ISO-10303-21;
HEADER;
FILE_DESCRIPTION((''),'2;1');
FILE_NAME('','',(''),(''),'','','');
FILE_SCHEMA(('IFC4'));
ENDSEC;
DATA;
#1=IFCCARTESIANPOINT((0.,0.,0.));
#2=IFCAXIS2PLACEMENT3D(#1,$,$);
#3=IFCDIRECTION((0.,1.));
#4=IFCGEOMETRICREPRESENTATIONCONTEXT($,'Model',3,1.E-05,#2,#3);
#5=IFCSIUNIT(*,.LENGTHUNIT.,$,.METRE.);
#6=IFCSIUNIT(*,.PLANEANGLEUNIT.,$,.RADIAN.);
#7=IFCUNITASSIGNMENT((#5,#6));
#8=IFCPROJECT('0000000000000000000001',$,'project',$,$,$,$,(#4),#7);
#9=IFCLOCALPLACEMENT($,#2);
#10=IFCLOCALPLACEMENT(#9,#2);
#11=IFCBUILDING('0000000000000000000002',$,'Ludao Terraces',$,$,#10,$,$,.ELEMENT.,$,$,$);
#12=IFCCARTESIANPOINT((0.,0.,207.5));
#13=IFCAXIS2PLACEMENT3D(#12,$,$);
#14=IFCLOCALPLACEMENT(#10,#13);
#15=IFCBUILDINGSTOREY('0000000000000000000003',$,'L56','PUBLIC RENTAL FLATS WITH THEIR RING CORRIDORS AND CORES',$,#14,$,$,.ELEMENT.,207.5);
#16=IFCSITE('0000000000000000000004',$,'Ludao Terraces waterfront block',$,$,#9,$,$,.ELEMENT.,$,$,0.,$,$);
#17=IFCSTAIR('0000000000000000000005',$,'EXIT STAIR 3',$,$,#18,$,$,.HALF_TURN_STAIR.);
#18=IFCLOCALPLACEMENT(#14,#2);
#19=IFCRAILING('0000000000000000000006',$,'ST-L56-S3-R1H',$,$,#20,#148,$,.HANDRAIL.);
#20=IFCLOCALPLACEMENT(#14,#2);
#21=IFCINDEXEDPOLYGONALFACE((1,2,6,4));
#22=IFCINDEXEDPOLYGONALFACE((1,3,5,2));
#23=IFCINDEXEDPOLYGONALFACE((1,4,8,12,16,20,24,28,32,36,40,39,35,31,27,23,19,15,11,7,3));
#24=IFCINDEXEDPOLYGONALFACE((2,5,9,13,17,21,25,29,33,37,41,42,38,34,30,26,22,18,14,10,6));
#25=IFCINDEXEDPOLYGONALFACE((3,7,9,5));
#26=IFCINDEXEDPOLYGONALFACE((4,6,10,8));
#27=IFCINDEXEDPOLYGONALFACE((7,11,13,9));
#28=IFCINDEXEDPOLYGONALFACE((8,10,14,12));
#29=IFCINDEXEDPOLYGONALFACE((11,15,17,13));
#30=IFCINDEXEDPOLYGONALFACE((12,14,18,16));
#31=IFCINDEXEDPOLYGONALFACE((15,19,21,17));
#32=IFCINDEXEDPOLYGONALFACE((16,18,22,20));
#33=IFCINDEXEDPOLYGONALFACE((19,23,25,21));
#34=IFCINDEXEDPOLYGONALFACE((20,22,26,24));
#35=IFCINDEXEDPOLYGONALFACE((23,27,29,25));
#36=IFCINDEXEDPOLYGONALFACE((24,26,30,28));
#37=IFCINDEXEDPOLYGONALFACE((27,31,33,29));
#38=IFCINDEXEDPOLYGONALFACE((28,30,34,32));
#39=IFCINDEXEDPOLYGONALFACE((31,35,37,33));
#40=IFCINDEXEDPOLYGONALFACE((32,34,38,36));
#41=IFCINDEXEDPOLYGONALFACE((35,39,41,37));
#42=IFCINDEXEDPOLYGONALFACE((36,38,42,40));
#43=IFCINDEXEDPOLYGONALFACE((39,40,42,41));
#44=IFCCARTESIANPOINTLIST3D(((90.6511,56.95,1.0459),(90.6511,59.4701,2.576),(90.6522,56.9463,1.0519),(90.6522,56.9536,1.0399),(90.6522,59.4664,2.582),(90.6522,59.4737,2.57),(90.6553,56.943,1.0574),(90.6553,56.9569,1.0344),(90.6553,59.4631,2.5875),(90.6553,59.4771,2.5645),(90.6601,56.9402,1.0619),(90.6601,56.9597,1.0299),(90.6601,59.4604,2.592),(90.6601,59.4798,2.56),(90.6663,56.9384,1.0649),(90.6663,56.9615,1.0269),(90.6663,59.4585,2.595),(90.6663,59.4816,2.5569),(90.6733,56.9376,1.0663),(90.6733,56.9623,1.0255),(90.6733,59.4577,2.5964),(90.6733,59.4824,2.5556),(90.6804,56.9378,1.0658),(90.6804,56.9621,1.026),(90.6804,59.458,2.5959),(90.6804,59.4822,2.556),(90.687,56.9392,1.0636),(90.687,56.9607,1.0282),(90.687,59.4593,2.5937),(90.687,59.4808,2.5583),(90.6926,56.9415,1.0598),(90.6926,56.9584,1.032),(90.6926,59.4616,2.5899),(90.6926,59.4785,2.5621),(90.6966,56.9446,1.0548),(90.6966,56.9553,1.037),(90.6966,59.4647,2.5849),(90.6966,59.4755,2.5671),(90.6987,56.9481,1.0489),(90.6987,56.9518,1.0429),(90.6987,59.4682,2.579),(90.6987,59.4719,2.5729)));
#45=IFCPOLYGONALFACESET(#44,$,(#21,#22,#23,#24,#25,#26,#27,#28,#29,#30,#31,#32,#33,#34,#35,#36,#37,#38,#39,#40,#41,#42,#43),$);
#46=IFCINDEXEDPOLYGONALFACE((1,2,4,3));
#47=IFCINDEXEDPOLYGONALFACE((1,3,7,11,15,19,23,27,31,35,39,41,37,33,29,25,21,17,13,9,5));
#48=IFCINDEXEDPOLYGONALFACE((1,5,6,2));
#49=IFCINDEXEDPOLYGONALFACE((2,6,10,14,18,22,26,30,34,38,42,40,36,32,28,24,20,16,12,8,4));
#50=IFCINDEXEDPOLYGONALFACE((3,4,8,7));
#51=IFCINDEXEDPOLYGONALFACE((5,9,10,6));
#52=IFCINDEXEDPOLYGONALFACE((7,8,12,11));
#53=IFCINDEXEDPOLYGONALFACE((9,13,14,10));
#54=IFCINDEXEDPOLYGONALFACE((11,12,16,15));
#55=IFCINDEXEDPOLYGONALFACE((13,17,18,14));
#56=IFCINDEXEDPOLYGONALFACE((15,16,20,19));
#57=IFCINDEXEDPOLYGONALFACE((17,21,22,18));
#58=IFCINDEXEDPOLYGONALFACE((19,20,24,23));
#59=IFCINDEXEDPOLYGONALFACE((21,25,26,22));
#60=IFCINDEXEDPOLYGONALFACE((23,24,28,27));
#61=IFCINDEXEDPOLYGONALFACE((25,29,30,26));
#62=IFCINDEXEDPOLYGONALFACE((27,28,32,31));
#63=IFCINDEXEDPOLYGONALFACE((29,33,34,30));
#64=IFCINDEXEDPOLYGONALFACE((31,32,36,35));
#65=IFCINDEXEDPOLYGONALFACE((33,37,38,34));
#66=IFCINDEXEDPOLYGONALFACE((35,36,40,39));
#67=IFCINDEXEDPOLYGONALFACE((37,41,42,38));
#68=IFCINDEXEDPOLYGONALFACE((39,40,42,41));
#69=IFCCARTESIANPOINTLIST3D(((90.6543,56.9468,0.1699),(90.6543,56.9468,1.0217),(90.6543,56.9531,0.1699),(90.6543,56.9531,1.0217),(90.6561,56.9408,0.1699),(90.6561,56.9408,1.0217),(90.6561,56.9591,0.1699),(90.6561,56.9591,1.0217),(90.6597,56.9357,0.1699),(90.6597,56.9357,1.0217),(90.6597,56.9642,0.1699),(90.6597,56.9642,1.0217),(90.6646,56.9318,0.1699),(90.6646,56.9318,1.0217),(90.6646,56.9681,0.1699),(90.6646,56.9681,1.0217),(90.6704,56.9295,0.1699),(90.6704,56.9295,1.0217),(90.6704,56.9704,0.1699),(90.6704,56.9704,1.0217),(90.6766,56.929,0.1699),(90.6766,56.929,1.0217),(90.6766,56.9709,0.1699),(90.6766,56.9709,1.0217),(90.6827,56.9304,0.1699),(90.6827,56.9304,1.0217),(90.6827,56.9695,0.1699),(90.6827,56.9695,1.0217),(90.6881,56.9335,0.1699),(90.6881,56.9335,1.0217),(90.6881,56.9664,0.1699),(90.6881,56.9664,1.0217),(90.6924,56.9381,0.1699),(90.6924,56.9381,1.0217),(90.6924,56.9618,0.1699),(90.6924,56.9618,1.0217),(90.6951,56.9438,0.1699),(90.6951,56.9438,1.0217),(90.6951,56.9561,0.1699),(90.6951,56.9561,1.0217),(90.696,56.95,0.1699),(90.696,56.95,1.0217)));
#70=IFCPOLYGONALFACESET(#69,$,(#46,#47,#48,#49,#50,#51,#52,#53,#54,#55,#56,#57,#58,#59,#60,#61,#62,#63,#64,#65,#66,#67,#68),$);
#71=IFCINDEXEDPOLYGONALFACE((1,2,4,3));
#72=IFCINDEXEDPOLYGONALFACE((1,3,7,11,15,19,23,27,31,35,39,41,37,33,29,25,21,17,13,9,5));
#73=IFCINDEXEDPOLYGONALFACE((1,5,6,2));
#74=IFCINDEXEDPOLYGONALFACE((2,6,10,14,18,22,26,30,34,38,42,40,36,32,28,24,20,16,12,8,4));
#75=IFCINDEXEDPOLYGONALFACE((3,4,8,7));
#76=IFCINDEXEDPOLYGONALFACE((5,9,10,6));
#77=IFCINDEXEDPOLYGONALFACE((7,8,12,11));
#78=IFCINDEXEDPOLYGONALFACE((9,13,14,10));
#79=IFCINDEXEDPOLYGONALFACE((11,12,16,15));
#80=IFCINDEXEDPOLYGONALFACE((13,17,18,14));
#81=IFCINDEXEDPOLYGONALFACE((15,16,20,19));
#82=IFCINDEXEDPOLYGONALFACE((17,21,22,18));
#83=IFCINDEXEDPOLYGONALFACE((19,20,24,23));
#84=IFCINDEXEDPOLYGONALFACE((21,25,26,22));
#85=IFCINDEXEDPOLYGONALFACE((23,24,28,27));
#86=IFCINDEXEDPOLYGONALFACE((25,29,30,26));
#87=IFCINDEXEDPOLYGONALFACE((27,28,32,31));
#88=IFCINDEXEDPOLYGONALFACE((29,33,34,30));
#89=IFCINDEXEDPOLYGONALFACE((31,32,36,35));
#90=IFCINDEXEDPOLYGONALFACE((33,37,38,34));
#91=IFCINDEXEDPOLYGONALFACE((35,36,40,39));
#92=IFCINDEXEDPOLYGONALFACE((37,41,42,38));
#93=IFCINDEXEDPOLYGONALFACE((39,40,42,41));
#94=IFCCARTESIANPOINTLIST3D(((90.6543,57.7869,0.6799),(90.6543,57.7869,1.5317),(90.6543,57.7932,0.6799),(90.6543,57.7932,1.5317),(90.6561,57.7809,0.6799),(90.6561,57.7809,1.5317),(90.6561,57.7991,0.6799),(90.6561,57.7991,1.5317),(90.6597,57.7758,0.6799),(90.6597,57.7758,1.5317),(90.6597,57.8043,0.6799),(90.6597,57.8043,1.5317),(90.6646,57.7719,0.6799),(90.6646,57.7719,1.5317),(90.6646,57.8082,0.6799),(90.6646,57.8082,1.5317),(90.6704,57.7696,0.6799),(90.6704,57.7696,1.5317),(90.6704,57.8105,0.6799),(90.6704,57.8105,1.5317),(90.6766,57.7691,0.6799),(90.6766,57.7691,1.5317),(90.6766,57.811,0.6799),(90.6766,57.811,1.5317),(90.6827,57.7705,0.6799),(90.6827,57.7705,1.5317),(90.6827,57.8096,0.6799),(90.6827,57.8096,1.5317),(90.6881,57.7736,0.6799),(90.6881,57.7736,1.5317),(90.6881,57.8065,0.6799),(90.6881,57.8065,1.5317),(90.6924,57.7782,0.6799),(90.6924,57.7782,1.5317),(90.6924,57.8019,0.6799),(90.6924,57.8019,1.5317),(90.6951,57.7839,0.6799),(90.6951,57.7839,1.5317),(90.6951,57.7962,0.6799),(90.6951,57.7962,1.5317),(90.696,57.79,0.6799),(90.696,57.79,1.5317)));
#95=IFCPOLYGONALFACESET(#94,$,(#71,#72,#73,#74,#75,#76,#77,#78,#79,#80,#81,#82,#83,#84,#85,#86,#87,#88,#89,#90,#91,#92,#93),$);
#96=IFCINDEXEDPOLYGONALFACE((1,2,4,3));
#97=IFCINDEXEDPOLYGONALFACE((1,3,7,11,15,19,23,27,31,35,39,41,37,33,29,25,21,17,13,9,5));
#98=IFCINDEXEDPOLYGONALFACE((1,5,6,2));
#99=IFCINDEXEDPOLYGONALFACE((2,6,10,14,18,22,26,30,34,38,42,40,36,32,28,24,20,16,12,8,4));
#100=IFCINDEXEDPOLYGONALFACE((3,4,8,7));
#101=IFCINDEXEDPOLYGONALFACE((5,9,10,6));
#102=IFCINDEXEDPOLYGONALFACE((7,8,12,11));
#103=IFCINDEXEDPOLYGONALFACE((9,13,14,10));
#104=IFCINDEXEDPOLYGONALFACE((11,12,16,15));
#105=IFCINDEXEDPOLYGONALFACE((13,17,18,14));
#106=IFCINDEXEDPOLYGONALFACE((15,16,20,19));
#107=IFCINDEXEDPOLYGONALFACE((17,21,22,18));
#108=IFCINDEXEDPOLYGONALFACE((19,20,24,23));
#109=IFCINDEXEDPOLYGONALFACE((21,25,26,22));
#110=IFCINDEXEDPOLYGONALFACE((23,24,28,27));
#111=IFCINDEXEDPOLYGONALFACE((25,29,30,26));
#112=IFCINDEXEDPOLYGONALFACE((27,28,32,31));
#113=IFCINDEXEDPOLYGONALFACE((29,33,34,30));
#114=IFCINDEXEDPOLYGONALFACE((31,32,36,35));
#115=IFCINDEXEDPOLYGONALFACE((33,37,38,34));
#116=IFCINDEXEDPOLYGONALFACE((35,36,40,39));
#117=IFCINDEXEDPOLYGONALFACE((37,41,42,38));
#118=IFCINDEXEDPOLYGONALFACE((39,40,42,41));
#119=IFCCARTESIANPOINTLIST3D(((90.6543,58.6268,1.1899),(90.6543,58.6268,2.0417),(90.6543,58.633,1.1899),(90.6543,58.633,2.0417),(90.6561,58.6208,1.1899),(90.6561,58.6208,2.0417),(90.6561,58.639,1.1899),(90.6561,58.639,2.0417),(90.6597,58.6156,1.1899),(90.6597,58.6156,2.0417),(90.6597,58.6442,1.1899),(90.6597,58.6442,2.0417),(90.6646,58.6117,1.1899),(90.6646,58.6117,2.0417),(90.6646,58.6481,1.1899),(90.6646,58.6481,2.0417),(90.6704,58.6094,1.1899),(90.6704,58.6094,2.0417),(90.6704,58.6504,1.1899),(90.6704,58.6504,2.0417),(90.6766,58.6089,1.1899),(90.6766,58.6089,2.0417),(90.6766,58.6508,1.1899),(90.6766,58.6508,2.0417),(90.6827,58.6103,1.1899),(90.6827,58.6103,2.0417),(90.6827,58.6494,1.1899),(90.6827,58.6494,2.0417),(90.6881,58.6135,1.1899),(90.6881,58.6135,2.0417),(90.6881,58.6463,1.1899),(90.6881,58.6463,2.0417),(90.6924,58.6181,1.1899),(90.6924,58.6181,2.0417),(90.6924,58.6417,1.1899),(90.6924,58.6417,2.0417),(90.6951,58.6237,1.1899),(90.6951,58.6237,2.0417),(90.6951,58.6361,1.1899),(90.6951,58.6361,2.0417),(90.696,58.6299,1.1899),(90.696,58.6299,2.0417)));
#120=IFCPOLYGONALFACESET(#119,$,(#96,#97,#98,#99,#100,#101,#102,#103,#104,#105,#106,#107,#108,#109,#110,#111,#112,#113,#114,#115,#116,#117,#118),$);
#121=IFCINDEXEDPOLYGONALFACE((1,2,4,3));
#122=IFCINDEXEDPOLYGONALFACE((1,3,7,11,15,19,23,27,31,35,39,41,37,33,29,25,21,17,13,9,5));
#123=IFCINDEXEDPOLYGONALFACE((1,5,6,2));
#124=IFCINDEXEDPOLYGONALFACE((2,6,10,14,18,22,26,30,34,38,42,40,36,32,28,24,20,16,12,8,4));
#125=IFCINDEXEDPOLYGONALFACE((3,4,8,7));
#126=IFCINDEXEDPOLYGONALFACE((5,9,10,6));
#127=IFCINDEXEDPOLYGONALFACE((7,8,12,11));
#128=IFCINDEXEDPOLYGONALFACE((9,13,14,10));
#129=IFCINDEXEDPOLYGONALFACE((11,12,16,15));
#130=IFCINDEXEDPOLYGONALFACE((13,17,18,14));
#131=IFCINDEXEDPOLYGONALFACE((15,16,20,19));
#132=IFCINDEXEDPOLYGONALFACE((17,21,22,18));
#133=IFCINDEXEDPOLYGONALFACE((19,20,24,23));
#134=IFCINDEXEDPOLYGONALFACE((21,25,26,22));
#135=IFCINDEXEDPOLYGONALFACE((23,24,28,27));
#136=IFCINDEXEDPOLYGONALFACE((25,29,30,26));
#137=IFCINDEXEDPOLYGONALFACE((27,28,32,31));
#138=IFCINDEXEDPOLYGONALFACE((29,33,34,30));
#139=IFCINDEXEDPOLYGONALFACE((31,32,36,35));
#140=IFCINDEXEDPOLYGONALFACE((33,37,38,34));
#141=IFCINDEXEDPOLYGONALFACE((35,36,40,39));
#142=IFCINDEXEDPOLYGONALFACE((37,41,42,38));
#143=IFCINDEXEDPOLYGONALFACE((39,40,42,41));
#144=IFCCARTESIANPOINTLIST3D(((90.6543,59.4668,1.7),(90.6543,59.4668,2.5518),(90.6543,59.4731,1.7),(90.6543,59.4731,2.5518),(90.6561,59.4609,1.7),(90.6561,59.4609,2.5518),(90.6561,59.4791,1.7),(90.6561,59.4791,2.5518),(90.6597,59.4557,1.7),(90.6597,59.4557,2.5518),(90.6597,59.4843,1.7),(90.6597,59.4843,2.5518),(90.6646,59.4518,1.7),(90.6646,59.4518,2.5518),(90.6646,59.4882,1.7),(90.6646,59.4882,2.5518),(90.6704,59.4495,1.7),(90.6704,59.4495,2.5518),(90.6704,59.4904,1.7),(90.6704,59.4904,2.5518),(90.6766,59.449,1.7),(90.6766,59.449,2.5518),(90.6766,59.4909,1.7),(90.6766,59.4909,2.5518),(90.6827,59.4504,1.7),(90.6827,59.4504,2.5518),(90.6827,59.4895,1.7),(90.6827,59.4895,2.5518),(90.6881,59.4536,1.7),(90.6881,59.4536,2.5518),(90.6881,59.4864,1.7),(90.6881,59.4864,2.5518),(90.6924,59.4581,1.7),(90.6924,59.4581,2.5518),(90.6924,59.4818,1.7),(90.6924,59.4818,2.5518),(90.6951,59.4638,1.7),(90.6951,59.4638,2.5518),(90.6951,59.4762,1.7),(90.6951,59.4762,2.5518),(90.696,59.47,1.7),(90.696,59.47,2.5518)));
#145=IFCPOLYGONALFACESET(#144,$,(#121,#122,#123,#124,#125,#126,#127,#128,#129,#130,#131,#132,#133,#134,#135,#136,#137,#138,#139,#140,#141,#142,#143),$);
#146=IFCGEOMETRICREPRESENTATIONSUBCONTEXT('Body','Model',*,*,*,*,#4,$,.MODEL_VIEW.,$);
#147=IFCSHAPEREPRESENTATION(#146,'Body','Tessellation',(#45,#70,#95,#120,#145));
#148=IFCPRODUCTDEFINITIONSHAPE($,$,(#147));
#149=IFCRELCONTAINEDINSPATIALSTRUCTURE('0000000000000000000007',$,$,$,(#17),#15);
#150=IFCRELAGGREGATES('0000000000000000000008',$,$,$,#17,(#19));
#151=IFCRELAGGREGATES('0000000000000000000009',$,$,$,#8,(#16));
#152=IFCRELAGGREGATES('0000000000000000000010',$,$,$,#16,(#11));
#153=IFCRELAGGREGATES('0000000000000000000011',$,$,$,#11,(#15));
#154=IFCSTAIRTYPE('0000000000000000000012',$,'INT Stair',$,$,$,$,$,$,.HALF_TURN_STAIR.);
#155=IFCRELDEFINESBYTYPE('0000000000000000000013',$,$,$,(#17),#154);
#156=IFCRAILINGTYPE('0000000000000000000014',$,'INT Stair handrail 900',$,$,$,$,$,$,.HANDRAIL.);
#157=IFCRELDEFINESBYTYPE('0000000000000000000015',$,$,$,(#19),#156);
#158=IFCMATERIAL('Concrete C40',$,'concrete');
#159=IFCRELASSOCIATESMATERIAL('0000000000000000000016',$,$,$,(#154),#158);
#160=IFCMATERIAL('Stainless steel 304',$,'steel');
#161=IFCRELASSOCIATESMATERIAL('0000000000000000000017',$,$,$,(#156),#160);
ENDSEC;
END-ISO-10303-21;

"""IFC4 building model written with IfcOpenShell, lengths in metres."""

from ifc_helpers import new_model, si_unit, direction, frame, origin, origin_2d, place, context, subcontext, project, spatial, circle, extrude, material, type_object, element, aggregate, save


model = new_model("IFC4")

# Units and contexts
model_context = context("Model", 3, precision=1e-05, world=origin(), true_north=direction((0.0, 1.0)))
body_context = subcontext(model_context, "Body", "Model", "MODEL_VIEW")
ifc_project = project(units=[si_unit("LENGTHUNIT", "METRE"), si_unit("PLANEANGLEUNIT", "RADIAN")], contexts=[model_context])

# Site, building, storey
site_placement = place(None, origin())
site = spatial("IfcSite", under=ifc_project, at=site_placement, Name="Ludao Terraces waterfront block", CompositionType="ELEMENT", RefElevation=0.0)
building_placement = place(site_placement, origin())
building = spatial("IfcBuilding", under=site, at=building_placement, Name="Ludao Terraces", CompositionType="ELEMENT")
storey_placement = place(building_placement, frame((0.0, 0.0, 207.5)))
storey = spatial("IfcBuildingStorey", under=building, at=storey_placement, Name="L56", Description="PUBLIC RENTAL FLATS WITH THEIR RING CORRIDORS AND CORES", CompositionType="ELEMENT", Elevation=207.5)

# Shared definitions
ifc_material_1 = material(Name="Concrete C40", Category="concrete")

# Stair, railing
stair_type = type_object("IfcStairType", Name="INT Stair", PredefinedType="HALF_TURN_STAIR", material=ifc_material_1)
stair_placement = place(storey_placement, origin())
stair = element("IfcStair", 1, at=stair_placement, inside=storey, type_object=stair_type, Name="EXIT STAIR 3", PredefinedType="HALF_TURN_STAIR")
ifc_material_2 = material(Name="Stainless steel 304", Category="steel")
railing_type_1 = type_object("IfcRailingType", Name="INT Stair handrail 900", PredefinedType="HANDRAIL", material=ifc_material_2)
railing_1_placement = place(storey_placement, frame((90.675, 56.95, 0.1699)))
railing_1 = element("IfcRailing", 2, at=railing_1_placement, type_object=railing_type_1, Name="ST-L56-S3-R1H", PredefinedType="HANDRAIL", context=body_context, shape_type="SweptSolid", body=[
    extrude(circle(Radius=0.0239, at=origin_2d()), frame((0.0, 0.0, 0.876), z_axis=(0.0, 0.854785, 0.518982), x_axis=(-1.0, 0.0, 0.0)), (0.0, 0.0, 1.0), 2.9482),
    extrude(circle(Radius=0.021, at=origin_2d()), origin(), (0.0, 0.0, 1.0), 0.8518),
    extrude(circle(Radius=0.021, at=origin_2d()), frame((0.0, 0.8401, 0.51)), (0.0, 0.0, 1.0), 0.8518),
    extrude(circle(Radius=0.021, at=origin_2d()), frame((0.0, 1.6799, 1.02)), (0.0, 0.0, 1.0), 0.8518),
    extrude(circle(Radius=0.021, at=origin_2d()), frame((0.0, 2.52, 1.53)), (0.0, 0.0, 1.0), 0.8518),
])
aggregate(stair, [railing_1])

save(model, "model.ifc")
